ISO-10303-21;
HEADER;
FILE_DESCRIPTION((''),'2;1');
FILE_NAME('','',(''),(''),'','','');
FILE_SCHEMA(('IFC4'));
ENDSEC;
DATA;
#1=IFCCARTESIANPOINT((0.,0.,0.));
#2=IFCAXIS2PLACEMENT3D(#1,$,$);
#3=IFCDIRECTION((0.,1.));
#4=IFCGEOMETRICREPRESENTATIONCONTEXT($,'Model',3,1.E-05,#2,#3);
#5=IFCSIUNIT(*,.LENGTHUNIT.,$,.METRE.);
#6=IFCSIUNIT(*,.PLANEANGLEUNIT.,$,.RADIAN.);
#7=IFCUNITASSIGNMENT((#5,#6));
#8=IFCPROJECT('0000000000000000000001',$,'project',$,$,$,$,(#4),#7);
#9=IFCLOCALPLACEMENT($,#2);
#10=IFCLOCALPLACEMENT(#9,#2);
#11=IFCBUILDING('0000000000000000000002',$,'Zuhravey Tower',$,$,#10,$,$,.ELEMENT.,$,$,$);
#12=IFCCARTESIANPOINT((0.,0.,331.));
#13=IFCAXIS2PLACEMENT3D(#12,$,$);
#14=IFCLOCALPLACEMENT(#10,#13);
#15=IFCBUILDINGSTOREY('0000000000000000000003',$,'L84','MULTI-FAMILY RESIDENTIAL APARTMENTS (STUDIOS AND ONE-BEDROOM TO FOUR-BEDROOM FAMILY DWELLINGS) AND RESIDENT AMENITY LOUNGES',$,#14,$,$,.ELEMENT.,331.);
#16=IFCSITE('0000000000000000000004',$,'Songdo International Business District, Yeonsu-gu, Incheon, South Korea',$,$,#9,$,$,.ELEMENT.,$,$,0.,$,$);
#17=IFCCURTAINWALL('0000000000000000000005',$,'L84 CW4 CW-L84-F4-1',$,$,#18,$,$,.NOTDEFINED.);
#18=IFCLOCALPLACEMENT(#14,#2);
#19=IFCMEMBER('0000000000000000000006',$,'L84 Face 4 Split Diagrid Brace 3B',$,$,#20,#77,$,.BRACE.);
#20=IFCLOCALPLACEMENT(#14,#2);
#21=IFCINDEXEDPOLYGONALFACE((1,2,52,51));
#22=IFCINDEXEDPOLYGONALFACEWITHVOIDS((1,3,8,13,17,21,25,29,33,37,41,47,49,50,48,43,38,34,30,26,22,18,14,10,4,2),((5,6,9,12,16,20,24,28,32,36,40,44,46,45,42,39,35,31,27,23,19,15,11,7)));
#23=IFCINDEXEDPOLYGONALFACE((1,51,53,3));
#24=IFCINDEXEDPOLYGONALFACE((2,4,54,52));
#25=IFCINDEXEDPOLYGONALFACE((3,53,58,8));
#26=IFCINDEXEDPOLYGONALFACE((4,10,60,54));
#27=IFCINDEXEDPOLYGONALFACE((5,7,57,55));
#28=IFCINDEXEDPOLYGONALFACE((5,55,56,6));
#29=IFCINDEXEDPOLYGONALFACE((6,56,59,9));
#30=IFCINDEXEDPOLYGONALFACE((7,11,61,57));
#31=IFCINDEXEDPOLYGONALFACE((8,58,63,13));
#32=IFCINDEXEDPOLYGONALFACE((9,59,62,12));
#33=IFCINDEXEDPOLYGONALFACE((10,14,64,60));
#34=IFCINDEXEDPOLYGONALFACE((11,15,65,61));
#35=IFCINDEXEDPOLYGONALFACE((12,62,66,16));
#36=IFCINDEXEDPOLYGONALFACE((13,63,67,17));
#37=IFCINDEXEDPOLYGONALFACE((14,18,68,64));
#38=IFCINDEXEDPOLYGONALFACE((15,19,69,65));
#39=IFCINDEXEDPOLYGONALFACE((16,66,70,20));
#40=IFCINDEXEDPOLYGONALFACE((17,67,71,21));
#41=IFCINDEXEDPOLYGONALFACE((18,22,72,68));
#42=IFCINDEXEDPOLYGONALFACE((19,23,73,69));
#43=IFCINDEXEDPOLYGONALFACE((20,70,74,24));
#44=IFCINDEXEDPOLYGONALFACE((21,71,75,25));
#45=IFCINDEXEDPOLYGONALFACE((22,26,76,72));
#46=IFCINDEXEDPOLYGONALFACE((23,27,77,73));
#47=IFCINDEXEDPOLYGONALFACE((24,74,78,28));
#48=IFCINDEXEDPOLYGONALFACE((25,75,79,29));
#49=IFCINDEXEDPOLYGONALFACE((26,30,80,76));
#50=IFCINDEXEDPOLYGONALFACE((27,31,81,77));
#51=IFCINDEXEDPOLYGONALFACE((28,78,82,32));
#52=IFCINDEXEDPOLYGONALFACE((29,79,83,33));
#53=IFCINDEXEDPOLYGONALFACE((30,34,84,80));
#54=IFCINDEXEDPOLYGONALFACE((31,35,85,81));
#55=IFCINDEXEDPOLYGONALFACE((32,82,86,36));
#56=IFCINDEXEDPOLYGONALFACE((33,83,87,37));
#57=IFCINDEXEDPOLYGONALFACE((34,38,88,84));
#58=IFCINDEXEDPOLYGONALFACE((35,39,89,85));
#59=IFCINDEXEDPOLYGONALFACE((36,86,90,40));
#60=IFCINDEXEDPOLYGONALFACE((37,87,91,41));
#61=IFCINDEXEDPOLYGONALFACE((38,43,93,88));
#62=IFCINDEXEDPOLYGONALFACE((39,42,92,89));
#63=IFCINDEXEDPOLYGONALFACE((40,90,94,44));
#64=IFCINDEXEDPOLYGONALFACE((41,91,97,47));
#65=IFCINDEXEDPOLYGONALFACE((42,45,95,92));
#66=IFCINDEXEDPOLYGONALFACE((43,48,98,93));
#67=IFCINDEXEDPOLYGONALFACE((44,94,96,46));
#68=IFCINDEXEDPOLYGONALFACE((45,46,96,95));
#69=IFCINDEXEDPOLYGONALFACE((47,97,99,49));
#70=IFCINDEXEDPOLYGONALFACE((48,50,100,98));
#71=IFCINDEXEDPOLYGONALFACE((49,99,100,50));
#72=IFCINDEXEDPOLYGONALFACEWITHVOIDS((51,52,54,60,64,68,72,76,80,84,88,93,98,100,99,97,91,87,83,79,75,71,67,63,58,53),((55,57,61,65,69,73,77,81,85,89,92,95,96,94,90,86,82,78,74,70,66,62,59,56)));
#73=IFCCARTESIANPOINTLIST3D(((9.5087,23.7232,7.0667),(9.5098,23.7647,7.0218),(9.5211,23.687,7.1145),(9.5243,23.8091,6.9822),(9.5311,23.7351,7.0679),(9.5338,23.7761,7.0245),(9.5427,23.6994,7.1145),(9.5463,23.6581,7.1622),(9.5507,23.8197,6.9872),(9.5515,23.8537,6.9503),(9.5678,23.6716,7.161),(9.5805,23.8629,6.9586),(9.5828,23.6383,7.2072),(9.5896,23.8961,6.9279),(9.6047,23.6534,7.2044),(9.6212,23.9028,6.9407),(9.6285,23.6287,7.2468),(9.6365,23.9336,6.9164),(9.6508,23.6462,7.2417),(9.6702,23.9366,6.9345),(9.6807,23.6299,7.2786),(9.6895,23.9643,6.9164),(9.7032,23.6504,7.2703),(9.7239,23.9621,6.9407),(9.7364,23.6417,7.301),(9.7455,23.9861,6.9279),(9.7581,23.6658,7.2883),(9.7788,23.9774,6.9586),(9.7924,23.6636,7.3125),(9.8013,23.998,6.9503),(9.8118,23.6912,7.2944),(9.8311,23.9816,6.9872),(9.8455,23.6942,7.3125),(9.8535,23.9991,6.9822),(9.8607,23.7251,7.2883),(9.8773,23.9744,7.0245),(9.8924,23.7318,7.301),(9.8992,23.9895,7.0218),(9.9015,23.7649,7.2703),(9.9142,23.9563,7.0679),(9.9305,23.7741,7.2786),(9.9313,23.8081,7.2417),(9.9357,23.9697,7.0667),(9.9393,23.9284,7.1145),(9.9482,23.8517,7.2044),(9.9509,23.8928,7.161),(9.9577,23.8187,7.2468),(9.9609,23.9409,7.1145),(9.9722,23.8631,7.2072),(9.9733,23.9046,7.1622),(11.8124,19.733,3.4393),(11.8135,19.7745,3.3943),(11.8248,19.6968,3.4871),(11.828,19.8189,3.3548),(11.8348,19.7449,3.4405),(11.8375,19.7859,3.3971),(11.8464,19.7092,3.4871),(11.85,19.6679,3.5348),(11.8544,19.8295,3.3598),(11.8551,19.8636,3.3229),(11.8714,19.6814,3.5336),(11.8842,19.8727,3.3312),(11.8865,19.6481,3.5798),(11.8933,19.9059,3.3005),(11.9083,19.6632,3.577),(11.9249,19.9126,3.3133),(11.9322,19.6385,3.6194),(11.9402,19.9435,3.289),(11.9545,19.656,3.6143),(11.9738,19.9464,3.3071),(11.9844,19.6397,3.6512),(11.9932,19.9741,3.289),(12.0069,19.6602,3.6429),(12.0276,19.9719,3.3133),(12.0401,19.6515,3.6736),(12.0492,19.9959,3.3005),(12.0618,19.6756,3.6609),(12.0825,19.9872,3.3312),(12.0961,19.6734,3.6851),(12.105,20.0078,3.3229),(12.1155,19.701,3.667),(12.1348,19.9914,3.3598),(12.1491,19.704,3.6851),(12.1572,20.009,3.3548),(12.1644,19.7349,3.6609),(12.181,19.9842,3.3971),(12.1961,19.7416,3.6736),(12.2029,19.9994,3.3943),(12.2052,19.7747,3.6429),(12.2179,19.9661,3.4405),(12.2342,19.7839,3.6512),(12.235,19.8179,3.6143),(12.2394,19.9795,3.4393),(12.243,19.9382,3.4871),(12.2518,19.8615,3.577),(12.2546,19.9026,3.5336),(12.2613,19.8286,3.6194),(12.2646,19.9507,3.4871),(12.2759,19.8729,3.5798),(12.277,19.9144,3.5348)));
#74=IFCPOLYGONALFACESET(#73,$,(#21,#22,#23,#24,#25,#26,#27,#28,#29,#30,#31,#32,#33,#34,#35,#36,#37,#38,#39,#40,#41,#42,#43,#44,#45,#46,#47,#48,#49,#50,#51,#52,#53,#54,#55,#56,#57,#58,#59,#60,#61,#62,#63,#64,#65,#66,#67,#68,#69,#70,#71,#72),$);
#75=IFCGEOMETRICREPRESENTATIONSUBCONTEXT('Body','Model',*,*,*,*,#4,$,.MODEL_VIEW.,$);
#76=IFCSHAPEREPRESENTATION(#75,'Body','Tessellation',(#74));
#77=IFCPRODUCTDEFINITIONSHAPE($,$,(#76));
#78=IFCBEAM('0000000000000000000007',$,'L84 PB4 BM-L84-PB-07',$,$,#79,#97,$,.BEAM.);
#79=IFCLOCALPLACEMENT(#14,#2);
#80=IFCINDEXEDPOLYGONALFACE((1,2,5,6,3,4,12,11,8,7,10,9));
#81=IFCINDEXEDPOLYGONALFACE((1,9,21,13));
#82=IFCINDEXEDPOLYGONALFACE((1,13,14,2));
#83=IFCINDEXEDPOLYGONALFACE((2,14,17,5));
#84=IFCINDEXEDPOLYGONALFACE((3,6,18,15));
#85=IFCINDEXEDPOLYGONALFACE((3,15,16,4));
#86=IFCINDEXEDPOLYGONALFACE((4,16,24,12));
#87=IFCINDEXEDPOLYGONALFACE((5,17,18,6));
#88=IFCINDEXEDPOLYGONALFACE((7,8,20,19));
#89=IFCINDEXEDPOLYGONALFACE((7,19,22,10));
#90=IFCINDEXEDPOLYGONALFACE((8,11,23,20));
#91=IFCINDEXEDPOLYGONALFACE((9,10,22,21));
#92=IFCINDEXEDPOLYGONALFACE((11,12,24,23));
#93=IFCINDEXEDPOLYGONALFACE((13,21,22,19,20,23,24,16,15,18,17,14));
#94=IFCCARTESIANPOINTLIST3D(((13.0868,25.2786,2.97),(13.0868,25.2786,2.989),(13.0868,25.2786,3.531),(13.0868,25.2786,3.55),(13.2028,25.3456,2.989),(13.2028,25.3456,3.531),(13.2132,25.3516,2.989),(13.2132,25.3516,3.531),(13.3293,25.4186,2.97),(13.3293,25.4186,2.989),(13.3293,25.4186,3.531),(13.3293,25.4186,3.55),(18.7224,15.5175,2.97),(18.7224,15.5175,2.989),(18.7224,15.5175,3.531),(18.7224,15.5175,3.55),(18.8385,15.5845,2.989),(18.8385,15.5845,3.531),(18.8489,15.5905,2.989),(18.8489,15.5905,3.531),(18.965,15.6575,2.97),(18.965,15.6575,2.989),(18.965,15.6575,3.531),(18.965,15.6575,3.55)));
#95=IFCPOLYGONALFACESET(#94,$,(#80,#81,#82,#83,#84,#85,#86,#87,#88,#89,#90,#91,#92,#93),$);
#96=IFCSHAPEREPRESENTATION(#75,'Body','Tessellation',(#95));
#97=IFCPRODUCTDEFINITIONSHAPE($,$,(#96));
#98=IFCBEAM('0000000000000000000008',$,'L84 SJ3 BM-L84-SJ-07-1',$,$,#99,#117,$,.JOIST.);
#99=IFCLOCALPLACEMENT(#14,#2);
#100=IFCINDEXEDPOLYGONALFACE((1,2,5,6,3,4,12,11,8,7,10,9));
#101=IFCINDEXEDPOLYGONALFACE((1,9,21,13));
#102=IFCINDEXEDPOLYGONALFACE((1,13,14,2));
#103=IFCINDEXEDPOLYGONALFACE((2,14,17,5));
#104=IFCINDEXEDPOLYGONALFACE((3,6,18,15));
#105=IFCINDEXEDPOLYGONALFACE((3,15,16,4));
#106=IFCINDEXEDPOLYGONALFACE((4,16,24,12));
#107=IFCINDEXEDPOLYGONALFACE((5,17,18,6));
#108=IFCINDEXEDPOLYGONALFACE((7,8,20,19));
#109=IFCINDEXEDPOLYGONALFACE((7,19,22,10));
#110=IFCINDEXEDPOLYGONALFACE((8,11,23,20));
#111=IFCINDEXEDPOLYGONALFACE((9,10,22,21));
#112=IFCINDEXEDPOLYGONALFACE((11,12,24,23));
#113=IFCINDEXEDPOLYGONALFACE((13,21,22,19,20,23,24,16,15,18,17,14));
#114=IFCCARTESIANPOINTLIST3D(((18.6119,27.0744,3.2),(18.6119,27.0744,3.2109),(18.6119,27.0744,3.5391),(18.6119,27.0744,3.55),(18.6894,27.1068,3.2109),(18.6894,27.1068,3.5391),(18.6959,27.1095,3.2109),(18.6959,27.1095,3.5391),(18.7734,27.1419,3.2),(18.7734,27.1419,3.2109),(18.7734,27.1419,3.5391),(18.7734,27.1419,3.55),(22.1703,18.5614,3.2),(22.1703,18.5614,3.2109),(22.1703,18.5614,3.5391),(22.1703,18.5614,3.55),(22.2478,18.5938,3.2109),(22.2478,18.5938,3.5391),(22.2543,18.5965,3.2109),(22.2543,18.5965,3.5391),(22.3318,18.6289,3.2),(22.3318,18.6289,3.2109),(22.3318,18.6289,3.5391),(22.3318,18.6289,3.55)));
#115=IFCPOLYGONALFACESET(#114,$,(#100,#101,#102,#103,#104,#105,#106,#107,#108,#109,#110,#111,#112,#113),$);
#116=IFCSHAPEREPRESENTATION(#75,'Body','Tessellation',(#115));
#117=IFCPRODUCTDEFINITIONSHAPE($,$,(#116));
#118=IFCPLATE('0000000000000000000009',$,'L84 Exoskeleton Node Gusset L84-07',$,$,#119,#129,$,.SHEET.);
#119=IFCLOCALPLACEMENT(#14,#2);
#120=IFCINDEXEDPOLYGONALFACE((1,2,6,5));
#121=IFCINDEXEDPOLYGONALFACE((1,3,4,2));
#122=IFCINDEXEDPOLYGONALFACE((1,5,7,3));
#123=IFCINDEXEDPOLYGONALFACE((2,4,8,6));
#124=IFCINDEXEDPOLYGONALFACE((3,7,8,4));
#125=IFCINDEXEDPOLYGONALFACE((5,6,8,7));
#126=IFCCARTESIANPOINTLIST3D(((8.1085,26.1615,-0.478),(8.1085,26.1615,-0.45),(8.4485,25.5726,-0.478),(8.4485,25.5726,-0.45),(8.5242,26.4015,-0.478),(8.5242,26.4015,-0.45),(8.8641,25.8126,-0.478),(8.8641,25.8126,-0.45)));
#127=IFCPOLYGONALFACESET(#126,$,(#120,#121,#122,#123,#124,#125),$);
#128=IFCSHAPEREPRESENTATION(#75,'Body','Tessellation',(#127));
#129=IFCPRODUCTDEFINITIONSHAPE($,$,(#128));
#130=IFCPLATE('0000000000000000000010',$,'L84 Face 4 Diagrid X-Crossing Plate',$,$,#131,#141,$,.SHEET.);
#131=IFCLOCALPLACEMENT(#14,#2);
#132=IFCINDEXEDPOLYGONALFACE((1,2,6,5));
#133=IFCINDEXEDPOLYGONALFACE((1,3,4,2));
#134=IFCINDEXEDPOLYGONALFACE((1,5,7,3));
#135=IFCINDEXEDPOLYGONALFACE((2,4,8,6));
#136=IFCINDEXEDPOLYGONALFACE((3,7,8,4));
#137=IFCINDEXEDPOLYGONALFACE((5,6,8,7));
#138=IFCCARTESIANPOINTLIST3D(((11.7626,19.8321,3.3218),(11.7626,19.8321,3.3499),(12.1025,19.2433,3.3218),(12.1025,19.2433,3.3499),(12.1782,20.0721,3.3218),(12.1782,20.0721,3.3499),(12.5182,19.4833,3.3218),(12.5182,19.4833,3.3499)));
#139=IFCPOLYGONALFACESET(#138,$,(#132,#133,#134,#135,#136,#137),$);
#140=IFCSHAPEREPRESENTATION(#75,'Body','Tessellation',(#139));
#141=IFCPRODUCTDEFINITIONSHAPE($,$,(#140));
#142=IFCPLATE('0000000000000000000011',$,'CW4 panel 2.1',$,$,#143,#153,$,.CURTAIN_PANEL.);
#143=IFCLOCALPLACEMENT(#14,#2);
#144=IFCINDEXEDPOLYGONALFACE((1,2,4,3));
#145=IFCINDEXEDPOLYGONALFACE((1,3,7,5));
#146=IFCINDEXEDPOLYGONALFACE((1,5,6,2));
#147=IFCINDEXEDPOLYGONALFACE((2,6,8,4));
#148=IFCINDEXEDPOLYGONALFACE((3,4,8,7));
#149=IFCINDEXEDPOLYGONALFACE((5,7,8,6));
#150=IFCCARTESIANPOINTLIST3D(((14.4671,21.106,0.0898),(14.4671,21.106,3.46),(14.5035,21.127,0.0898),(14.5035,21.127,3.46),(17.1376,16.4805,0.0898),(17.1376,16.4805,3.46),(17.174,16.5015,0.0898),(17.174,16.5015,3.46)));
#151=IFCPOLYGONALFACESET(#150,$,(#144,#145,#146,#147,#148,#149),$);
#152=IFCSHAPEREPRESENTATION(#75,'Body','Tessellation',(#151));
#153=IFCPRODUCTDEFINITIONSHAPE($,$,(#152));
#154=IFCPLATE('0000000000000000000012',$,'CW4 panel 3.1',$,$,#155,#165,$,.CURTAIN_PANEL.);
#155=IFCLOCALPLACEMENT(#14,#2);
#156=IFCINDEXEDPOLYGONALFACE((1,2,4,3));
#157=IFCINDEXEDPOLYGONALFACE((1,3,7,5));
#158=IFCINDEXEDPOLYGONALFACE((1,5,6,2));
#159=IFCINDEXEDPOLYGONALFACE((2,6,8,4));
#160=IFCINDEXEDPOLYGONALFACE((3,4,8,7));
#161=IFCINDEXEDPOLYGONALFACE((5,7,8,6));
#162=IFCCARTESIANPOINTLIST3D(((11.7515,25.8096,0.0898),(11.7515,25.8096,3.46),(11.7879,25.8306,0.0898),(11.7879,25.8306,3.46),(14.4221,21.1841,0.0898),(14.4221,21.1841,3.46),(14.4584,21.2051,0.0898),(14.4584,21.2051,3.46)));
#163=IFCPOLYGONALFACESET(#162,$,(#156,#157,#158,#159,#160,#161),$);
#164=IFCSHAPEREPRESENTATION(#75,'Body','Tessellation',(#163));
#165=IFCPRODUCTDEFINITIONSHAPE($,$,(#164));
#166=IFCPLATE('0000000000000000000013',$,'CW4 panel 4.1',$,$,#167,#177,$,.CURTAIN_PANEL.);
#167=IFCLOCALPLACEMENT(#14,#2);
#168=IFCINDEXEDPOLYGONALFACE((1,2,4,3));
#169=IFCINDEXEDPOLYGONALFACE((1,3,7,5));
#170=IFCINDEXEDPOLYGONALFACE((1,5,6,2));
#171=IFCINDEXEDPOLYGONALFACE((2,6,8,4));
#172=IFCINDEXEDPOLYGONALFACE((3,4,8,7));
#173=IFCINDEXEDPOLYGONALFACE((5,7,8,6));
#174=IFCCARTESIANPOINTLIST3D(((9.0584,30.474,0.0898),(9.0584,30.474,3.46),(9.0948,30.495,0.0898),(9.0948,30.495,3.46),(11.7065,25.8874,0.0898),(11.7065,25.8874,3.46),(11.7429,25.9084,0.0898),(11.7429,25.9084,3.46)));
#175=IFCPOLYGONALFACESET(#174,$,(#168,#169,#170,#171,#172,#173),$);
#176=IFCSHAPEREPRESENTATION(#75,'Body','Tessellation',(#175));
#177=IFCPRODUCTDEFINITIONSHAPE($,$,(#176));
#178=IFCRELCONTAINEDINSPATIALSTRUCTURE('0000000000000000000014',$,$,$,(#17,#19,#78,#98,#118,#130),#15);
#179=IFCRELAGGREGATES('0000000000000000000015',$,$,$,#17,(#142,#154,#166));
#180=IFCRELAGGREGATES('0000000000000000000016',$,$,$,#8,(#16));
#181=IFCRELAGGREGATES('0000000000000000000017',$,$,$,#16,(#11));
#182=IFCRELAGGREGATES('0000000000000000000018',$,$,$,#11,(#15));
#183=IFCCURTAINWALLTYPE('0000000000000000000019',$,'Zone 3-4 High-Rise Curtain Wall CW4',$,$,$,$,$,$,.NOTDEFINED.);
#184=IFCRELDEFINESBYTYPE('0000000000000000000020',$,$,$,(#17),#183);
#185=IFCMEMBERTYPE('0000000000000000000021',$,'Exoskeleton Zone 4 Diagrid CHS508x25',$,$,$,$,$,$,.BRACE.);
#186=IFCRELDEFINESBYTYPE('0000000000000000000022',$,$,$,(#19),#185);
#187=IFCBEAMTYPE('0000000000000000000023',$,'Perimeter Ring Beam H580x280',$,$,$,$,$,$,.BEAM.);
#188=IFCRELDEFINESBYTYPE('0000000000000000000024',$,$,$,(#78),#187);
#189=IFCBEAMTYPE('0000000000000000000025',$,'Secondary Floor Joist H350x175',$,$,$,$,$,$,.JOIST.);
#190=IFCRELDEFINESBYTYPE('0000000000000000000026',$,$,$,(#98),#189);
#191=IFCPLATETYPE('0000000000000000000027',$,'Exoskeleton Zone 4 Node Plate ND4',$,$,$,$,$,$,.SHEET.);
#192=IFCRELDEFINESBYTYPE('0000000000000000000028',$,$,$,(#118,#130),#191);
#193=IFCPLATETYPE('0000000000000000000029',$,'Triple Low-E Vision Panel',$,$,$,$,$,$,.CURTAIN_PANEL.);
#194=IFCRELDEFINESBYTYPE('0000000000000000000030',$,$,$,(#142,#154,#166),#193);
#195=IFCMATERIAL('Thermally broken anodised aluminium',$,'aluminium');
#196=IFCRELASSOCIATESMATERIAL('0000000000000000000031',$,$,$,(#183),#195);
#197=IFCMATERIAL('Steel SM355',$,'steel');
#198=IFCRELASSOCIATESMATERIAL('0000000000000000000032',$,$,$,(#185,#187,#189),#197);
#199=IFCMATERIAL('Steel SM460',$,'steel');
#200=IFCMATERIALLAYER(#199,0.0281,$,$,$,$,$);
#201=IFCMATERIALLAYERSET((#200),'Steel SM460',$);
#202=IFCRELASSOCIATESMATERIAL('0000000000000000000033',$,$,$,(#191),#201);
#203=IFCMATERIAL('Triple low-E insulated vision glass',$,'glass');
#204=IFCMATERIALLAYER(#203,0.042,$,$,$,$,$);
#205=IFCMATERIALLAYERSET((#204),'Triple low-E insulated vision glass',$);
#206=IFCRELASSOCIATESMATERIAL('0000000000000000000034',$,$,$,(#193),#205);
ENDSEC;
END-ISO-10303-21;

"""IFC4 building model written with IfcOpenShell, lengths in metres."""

from ifc_helpers import new_model, si_unit, direction, frame, origin, origin_2d, place, context, subcontext, project, spatial, rectangle, hollow_circle, i_section, extrude, material, layer, layer_set, material_profile, profile_set, type_object, element, aggregate, save


model = new_model("IFC4")

# Units and contexts
model_context = context("Model", 3, precision=1e-05, world=origin(), true_north=direction((0.0, 1.0)))
body_context = subcontext(model_context, "Body", "Model", "MODEL_VIEW")
ifc_project = project(units=[si_unit("LENGTHUNIT", "METRE"), si_unit("PLANEANGLEUNIT", "RADIAN")], contexts=[model_context])

# Site, building, storey
site_placement = place(None, origin())
site = spatial("IfcSite", under=ifc_project, at=site_placement, Name="Songdo International Business District, Yeonsu-gu, Incheon, South Korea", CompositionType="ELEMENT", RefElevation=0.0)
building_placement = place(site_placement, origin())
building = spatial("IfcBuilding", under=site, at=building_placement, Name="Zuhravey Tower", CompositionType="ELEMENT")
storey_placement = place(building_placement, frame((0.0, 0.0, 331.0)))
storey = spatial("IfcBuildingStorey", under=building, at=storey_placement, Name="L84", Description="MULTI-FAMILY RESIDENTIAL APARTMENTS (STUDIOS AND ONE-BEDROOM TO FOUR-BEDROOM FAMILY DWELLINGS) AND RESIDENT AMENITY LOUNGES", CompositionType="ELEMENT", Elevation=331.0)

# Curtain wall
ifc_material_1 = material(Name="Thermally broken anodised aluminium", Category="aluminium")
curtain_wall_type = type_object("IfcCurtainWallType", Name="Zone 3-4 High-Rise Curtain Wall CW4", PredefinedType="NOTDEFINED", material=ifc_material_1)
curtain_wall_placement = place(storey_placement, origin())
curtain_wall = element("IfcCurtainWall", 1, at=curtain_wall_placement, inside=storey, type_object=curtain_wall_type, Name="L84 CW4 CW-L84-F4-1", PredefinedType="NOTDEFINED")

# Member
ifc_material_2 = material(Name="Steel SM355", Category="steel")
ifc_material_profile_1 = material_profile(ifc_material_2, hollow_circle(Radius=0.2539, WallThickness=0.0249, at=origin_2d()), Name="CHS-508.0x25")
ifc_profile_set_1 = profile_set([ifc_material_profile_1], Name="Steel SM355")
member_type_1 = type_object("IfcMemberType", Name="Exoskeleton Zone 4 Diagrid CHS508x25", PredefinedType="BRACE", material=ifc_profile_set_1)
member_1_placement = place(storey_placement, frame((12.0447, 19.8237, 3.4871), z_axis=(-0.392851, 0.680454, 0.618587), x_axis=(-0.86603, -0.499992, 0.0)))
element("IfcMember", 2, at=member_1_placement, inside=storey, type_object=member_type_1, Name="L84 Face 4 Split Diagrid Brace 3B", PredefinedType="BRACE", context=body_context, shape_type="SweptSolid", body=[
    extrude(hollow_circle(Radius=0.2539, WallThickness=0.0249, at=origin_2d()), origin(), (0.0, 0.0, 1.0), 5.864),
])

# Beams
ifc_material_profile_2 = material_profile(ifc_material_2, i_section(OverallWidth=0.28, OverallDepth=0.5801, WebThickness=0.012, FlangeThickness=0.019, at=origin_2d()), Name="H-580x280x12x19")
ifc_profile_set_2 = profile_set([ifc_material_profile_2], Name="Steel SM355")
beam_type_1 = type_object("IfcBeamType", Name="Perimeter Ring Beam H580x280", PredefinedType="BEAM", material=ifc_profile_set_2)
beam_1_placement = place(storey_placement, frame((13.208, 25.3486, 3.26), z_axis=(0.500006, -0.866022, 0.0), x_axis=(0.866022, 0.500006, 0.0)))
element("IfcBeam", 3, at=beam_1_placement, inside=storey, type_object=beam_type_1, Name="L84 PB4 BM-L84-PB-07", PredefinedType="BEAM", context=body_context, shape_type="SweptSolid", body=[
    extrude(i_section(OverallWidth=0.28, OverallDepth=0.5801, WebThickness=0.012, FlangeThickness=0.019, at=origin_2d()), origin(), (0.0, 0.0, 1.0), 11.2712),
])
ifc_material_profile_3 = material_profile(ifc_material_2, i_section(OverallWidth=0.175, OverallDepth=0.3501, WebThickness=0.0071, FlangeThickness=0.011, at=origin_2d()), Name="H-350x175x7x11")
ifc_profile_set_3 = profile_set([ifc_material_profile_3], Name="Steel SM355")
beam_type_2 = type_object("IfcBeamType", Name="Secondary Floor Joist H350x175", PredefinedType="JOIST", material=ifc_profile_set_3)
beam_2_placement = place(storey_placement, frame((18.6926, 27.1082, 3.375), z_axis=(0.385658, -0.922642, 0.0), x_axis=(0.922642, 0.385658, 0.0)))
element("IfcBeam", 4, at=beam_2_placement, inside=storey, type_object=beam_type_2, Name="L84 SJ3 BM-L84-SJ-07-1", PredefinedType="JOIST", context=body_context, shape_type="SweptSolid", body=[
    extrude(i_section(OverallWidth=0.175, OverallDepth=0.3501, WebThickness=0.0071, FlangeThickness=0.011, at=origin_2d()), origin(), (0.0, 0.0, 1.0), 9.2268),
])

# Plates
ifc_material_3 = material(Name="Steel SM460", Category="steel")
ifc_layer_1 = layer(ifc_material_3, 0.0281)
ifc_layer_set_1 = layer_set([ifc_layer_1], Name="Steel SM460")
plate_type_1 = type_object("IfcPlateType", Name="Exoskeleton Zone 4 Node Plate ND4", PredefinedType="SHEET", material=ifc_layer_set_1)
for number, where, z_axis, x_axis, name in (
    (5, (8.4863, 25.9871, -0.478), (0.0, 0.0, 1.0), (0.5, -0.866025, 0.0), "L84 Exoskeleton Node Gusset L84-07"),
    (6, (12.1404, 19.6577, 3.3218), (0.0, 0.0, 1.0), (0.5, -0.866025, 0.0), "L84 Face 4 Diagrid X-Crossing Plate"),
):
    element("IfcPlate", number, at=place(storey_placement, frame(where, z_axis=z_axis, x_axis=x_axis)), inside=storey, type_object=plate_type_1, Name=name, PredefinedType="SHEET", context=body_context, shape_type="SweptSolid", body=[
        extrude(rectangle(XDim=0.6799, YDim=0.48, at=origin_2d()), origin(), (0.0, 0.0, 1.0), 0.0281),
    ])

# Plates
ifc_material_4 = material(Name="Triple low-E insulated vision glass", Category="glass")
ifc_layer_2 = layer(ifc_material_4, 0.042)
ifc_layer_set_2 = layer_set([ifc_layer_2], Name="Triple low-E insulated vision glass")
plate_type_2 = type_object("IfcPlateType", Name="Triple Low-E Vision Panel", PredefinedType="CURTAIN_PANEL", material=ifc_layer_set_2)
plate_1_placement = place(storey_placement, frame((15.8206, 18.8037, 0.0898), z_axis=(0.0, 0.0, 1.0), x_axis=(-0.500001, 0.866025, 0.0)))
plate_1 = element("IfcPlate", 7, at=plate_1_placement, type_object=plate_type_2, Name="CW4 panel 2.1", PredefinedType="CURTAIN_PANEL", context=body_context, shape_type="SweptSolid", body=[
    extrude(rectangle(XDim=5.3411, YDim=0.042, at=origin_2d()), origin(), (0.0, 0.0, 1.0), 3.3701),
])
plate_2_placement = place(storey_placement, frame((13.105, 23.5073, 0.0898), z_axis=(0.0, 0.0, 1.0), x_axis=(-0.500001, 0.866025, 0.0)))
plate_2 = element("IfcPlate", 8, at=plate_2_placement, type_object=plate_type_2, Name="CW4 panel 3.1", PredefinedType="CURTAIN_PANEL", context=body_context, shape_type="SweptSolid", body=[
    extrude(rectangle(XDim=5.3411, YDim=0.042, at=origin_2d()), origin(), (0.0, 0.0, 1.0), 3.3701),
])
plate_3_placement = place(storey_placement, frame((10.4006, 28.1912, 0.0898), z_axis=(0.0, 0.0, 1.0), x_axis=(-0.500001, 0.866025, 0.0)))
plate_3 = element("IfcPlate", 9, at=plate_3_placement, type_object=plate_type_2, Name="CW4 panel 4.1", PredefinedType="CURTAIN_PANEL", context=body_context, shape_type="SweptSolid", body=[
    extrude(rectangle(XDim=5.2961, YDim=0.042, at=origin_2d()), origin(), (0.0, 0.0, 1.0), 3.3701),
])
aggregate(curtain_wall, [plate_1, plate_2, plate_3])

save(model, "model.ifc")
